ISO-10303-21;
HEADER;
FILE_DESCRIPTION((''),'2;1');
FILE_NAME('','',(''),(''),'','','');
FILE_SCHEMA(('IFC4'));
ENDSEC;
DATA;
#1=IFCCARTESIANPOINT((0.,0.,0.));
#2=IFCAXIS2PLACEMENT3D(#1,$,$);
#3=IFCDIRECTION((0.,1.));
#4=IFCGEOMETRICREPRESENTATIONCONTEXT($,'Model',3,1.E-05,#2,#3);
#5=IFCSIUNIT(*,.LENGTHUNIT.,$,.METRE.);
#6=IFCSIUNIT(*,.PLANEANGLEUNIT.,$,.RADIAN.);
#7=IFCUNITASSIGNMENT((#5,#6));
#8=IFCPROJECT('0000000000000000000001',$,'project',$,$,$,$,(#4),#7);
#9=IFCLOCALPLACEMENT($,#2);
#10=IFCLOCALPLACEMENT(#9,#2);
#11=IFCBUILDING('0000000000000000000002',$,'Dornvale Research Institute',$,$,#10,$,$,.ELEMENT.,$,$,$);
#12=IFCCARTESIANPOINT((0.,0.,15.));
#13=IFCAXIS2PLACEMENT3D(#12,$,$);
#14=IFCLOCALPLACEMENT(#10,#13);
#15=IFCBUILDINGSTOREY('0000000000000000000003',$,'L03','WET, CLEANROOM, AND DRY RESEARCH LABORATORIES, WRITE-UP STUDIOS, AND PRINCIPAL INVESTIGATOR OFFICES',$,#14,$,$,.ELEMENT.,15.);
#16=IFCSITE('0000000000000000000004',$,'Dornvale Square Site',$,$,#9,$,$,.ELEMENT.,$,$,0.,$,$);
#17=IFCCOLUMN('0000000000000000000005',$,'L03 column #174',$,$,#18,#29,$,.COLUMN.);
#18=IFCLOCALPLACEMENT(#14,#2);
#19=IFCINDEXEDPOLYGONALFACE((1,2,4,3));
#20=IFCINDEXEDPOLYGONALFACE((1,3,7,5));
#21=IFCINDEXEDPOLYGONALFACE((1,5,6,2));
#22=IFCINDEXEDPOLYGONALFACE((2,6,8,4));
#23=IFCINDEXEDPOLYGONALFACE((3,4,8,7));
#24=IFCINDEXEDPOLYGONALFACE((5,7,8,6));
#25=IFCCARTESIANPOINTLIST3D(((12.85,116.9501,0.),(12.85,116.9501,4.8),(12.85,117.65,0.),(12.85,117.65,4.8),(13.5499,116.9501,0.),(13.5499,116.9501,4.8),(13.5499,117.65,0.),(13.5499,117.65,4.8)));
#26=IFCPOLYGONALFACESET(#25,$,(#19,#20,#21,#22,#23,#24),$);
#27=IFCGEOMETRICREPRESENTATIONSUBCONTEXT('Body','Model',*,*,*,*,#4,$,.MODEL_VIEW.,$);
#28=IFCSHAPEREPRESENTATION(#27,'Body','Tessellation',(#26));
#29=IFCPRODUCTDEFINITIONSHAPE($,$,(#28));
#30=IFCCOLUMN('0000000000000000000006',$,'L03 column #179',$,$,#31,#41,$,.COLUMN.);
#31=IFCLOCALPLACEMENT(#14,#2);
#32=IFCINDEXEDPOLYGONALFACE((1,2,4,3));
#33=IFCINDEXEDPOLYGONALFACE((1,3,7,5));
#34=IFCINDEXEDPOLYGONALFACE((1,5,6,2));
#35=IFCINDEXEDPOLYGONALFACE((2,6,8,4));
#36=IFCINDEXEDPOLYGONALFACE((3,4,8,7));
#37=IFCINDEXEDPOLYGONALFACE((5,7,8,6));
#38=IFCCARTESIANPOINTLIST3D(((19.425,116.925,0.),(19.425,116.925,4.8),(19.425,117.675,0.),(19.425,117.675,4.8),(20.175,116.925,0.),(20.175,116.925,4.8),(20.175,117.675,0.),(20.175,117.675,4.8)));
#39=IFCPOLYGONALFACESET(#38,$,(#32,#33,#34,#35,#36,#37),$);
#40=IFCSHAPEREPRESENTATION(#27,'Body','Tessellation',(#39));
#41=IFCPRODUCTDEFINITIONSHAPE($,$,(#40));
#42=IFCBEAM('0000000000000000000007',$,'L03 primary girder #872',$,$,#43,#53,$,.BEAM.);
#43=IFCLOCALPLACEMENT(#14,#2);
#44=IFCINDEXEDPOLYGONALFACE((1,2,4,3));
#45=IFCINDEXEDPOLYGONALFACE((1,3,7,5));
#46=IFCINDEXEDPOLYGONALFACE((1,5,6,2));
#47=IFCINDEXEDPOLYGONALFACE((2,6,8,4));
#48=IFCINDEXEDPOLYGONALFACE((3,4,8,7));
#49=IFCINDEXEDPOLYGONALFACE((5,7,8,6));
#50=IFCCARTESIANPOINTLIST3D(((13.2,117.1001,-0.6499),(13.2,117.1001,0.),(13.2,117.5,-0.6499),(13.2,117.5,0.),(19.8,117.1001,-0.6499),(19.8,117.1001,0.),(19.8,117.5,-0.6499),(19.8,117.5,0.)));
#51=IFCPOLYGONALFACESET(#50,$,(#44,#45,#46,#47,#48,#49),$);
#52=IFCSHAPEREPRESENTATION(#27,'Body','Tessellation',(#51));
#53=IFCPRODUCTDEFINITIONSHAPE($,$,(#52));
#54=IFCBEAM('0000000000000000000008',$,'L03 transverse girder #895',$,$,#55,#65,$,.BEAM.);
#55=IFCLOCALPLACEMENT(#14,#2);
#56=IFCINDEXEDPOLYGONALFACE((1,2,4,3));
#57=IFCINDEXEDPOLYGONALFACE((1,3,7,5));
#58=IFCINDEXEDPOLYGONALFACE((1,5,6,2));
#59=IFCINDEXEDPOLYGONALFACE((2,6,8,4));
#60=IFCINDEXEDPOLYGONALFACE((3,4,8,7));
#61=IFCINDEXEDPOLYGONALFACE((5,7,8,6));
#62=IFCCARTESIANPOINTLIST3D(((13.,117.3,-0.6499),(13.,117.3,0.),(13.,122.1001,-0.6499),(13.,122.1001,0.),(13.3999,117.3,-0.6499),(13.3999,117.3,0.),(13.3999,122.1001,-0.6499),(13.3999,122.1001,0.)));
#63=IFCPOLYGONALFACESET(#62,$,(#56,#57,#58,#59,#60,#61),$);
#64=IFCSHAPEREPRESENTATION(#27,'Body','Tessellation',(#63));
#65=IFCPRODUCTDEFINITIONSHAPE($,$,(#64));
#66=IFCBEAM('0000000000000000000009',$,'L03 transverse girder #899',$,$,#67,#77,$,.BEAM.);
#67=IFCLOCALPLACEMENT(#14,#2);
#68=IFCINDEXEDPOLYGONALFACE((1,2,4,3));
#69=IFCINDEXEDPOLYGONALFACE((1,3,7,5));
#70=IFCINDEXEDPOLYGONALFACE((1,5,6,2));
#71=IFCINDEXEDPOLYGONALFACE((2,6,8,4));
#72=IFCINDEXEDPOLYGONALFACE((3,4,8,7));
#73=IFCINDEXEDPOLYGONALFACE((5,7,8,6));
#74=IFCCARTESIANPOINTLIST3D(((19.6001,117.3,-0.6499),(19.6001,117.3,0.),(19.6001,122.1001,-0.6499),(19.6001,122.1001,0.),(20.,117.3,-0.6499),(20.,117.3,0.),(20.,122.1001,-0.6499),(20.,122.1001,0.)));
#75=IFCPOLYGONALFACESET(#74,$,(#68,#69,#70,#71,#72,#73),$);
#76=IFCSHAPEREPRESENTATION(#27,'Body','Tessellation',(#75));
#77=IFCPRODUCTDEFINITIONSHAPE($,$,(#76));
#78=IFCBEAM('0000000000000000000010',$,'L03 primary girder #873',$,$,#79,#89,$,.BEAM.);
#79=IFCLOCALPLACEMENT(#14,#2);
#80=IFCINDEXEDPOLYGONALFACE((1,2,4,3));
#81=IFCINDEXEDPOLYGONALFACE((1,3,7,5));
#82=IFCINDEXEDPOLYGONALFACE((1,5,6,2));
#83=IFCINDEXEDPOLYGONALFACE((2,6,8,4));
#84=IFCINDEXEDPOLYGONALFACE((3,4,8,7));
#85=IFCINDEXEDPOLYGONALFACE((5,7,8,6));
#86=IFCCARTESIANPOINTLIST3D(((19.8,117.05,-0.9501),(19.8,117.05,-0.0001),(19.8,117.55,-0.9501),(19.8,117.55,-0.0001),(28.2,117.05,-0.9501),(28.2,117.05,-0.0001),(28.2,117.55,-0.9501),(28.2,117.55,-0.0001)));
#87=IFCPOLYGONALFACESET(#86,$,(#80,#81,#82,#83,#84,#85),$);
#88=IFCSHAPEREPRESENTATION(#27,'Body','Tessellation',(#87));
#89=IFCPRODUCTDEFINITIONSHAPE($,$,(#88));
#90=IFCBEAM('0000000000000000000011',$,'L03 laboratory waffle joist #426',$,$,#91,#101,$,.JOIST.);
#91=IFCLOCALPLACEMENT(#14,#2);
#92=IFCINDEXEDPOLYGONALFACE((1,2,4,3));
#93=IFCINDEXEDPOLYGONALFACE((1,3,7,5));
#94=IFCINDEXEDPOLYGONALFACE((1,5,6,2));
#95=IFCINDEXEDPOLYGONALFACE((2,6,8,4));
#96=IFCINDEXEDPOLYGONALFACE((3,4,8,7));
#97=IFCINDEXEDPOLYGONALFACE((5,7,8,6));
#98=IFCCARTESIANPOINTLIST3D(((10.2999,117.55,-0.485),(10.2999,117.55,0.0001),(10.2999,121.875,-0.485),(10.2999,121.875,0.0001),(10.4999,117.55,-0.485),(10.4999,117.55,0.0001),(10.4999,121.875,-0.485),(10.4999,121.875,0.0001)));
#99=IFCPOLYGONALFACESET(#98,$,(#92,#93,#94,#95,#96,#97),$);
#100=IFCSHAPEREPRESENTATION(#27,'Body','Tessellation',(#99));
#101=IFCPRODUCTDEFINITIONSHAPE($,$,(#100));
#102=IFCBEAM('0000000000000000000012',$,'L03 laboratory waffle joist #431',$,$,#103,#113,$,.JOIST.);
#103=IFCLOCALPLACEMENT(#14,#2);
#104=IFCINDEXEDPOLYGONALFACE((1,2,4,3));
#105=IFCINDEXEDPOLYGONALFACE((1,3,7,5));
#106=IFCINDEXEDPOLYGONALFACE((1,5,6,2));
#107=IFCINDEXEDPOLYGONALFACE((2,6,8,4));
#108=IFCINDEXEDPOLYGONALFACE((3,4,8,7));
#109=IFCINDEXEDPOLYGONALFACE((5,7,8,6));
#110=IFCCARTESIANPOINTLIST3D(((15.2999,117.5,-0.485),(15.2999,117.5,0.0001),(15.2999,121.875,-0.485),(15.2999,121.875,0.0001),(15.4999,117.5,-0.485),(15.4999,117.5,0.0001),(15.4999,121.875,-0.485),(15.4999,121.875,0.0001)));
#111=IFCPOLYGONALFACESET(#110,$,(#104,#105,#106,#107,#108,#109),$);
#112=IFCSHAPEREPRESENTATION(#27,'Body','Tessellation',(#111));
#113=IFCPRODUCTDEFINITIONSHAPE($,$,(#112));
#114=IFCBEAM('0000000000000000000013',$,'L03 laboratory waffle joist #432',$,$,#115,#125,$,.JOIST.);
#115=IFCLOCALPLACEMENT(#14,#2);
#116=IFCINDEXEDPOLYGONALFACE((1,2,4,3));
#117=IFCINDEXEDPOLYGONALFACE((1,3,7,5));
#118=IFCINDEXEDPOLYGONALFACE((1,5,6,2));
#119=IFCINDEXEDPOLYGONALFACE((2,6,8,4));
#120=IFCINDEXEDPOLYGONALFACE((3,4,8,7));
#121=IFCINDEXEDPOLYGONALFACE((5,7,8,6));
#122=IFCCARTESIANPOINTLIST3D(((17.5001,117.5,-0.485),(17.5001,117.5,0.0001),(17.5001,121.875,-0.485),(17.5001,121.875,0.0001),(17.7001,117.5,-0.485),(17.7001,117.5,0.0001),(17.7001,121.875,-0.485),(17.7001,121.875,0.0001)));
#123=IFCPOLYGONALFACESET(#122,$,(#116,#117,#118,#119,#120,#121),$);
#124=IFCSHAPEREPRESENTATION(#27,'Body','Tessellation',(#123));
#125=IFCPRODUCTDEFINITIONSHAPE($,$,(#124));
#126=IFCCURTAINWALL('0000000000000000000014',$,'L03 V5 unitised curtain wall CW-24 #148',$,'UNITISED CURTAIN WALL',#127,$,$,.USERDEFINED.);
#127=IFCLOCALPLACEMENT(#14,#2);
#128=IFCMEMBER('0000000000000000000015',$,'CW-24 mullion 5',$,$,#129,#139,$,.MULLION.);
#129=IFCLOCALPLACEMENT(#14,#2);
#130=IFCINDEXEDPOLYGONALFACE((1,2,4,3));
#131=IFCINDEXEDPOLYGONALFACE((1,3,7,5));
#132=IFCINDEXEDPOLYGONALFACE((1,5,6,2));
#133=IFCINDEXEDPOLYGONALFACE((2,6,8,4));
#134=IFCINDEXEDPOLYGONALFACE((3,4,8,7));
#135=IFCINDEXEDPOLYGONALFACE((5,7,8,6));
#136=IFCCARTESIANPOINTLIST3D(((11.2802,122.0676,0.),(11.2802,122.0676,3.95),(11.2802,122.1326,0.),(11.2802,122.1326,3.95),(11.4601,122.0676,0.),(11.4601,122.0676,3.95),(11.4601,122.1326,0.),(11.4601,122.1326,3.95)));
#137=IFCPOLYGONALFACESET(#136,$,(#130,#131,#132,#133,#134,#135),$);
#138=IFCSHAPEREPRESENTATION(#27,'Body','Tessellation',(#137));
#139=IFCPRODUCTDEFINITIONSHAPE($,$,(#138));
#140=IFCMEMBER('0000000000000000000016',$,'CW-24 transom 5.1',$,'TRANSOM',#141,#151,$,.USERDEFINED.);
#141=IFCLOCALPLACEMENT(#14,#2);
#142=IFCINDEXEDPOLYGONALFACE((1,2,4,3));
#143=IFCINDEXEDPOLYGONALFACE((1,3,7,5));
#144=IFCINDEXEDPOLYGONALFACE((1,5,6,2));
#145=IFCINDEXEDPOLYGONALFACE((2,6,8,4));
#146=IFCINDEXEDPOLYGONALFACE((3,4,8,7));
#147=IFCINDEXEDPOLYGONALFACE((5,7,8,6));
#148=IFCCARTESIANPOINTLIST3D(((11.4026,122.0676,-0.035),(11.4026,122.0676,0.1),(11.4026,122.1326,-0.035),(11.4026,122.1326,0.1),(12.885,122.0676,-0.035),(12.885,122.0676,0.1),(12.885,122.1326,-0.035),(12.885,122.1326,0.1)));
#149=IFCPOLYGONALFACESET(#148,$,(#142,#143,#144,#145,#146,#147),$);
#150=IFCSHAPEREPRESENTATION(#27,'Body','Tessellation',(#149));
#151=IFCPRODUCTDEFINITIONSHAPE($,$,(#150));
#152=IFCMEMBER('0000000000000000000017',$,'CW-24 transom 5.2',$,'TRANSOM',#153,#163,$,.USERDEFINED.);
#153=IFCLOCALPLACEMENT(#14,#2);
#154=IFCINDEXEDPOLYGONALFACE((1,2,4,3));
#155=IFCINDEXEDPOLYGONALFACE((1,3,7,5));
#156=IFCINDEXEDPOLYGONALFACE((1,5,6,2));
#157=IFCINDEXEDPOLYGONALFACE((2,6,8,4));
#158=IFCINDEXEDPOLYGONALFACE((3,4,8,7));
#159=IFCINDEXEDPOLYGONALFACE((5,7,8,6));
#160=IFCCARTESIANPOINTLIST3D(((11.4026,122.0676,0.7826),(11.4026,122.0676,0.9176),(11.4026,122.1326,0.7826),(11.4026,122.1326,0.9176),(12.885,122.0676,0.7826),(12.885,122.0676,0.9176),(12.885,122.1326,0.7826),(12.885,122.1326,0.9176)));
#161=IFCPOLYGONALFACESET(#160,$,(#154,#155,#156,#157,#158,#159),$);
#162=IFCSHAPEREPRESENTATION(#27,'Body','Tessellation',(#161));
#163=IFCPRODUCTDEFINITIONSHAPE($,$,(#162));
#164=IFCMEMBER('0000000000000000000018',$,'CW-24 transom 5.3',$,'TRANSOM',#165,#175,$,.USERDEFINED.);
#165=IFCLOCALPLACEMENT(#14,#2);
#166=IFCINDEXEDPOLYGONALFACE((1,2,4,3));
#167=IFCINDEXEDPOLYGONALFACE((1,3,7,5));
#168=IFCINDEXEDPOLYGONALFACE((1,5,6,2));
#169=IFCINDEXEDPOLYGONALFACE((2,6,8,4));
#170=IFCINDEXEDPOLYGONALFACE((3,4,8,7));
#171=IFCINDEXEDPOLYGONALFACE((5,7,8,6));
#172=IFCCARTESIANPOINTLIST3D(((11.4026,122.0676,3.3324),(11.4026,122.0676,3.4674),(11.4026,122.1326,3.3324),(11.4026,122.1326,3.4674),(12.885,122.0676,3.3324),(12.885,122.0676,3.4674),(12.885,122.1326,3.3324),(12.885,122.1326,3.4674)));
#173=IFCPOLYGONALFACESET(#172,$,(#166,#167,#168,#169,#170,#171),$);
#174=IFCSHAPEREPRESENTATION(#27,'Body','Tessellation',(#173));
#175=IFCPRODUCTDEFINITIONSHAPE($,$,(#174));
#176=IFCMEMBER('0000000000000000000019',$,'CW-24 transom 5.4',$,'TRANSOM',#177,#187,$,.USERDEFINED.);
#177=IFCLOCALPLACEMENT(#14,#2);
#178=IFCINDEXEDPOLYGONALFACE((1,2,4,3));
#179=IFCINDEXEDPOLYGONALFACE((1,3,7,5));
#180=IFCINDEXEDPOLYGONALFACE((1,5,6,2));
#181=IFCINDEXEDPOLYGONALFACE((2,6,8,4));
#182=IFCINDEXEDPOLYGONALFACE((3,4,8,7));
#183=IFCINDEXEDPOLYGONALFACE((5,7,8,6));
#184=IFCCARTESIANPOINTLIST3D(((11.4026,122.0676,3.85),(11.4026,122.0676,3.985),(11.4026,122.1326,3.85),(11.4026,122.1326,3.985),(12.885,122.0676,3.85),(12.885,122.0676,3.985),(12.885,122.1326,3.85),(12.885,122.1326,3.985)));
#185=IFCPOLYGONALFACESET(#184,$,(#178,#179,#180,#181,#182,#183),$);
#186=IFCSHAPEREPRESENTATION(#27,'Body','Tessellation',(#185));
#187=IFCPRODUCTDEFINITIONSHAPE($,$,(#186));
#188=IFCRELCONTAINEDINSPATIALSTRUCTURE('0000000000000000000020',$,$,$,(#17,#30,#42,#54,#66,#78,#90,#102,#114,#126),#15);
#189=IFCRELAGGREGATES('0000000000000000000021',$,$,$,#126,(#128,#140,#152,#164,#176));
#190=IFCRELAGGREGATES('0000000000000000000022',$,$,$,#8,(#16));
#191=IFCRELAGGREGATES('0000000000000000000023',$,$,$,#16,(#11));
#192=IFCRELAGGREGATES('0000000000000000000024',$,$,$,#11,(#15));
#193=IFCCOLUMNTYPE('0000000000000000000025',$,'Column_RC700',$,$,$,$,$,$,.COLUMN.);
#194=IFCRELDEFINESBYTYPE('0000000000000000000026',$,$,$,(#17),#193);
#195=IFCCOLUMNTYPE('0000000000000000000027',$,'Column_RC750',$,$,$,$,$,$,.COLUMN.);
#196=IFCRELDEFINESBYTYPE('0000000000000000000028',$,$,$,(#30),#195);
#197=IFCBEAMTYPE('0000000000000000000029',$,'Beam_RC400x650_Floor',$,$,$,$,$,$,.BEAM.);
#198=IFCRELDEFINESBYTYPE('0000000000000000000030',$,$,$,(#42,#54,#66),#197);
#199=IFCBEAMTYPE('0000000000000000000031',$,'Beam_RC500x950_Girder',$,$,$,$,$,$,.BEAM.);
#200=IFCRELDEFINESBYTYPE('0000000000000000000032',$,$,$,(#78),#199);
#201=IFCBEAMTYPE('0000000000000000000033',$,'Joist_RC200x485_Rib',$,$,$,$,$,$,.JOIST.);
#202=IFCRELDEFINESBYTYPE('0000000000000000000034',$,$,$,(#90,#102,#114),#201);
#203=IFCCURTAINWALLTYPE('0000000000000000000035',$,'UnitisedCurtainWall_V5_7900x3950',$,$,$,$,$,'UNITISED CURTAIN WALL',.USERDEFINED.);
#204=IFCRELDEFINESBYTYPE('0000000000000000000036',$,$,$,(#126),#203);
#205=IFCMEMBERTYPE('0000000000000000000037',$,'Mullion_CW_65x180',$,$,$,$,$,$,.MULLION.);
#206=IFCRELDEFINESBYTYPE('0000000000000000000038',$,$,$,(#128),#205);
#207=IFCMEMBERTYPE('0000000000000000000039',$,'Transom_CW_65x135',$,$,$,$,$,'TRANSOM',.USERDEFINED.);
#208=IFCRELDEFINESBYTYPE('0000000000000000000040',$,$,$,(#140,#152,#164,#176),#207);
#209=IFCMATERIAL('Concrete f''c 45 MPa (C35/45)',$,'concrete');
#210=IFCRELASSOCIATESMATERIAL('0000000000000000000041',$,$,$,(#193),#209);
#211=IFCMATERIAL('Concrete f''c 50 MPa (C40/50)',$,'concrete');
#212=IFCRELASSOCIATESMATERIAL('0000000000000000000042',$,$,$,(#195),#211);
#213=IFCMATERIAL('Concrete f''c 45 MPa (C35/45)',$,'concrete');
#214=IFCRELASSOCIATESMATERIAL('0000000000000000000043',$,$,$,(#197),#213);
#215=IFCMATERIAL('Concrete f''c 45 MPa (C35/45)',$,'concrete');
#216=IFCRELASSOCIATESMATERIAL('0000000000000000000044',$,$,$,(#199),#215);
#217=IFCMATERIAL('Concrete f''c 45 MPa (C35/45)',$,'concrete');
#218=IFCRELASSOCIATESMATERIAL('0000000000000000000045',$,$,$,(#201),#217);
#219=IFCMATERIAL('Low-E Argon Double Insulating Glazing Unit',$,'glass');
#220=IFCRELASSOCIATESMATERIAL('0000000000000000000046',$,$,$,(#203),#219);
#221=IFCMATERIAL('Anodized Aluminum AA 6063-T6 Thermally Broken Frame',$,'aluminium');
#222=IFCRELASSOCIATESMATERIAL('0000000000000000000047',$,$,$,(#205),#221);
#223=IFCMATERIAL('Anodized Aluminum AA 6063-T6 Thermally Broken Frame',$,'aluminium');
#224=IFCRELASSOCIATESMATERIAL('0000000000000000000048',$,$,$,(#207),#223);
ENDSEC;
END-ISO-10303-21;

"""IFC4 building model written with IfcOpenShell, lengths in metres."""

from ifc_helpers import new_model, si_unit, direction, frame, origin, origin_2d, place, context, subcontext, project, spatial, rectangle, extrude, material, material_profile, profile_set, type_object, element, aggregate, save


model = new_model("IFC4")

# Units and contexts
model_context = context("Model", 3, precision=1e-05, world=origin(), true_north=direction((0.0, 1.0)))
body_context = subcontext(model_context, "Body", "Model", "MODEL_VIEW")
ifc_project = project(units=[si_unit("LENGTHUNIT", "METRE"), si_unit("PLANEANGLEUNIT", "RADIAN")], contexts=[model_context])

# Site, building, storey
site_placement = place(None, origin())
site = spatial("IfcSite", under=ifc_project, at=site_placement, Name="Dornvale Square Site", CompositionType="ELEMENT", RefElevation=0.0)
building_placement = place(site_placement, origin())
building = spatial("IfcBuilding", under=site, at=building_placement, Name="Dornvale Research Institute", CompositionType="ELEMENT")
storey_placement = place(building_placement, frame((0.0, 0.0, 15.0)))
storey = spatial("IfcBuildingStorey", under=building, at=storey_placement, Name="L03", Description="WET, CLEANROOM, AND DRY RESEARCH LABORATORIES, WRITE-UP STUDIOS, AND PRINCIPAL INVESTIGATOR OFFICES", CompositionType="ELEMENT", Elevation=15.0)

# Columns
ifc_material_1 = material(Name="Concrete f'c 45 MPa (C35/45)", Category="concrete")
ifc_material_profile_1 = material_profile(ifc_material_1, rectangle(XDim=0.7, YDim=0.7, at=origin_2d()), Name="RC 700x700")
ifc_profile_set_1 = profile_set([ifc_material_profile_1], Name="Concrete f'c 45 MPa (C35/45)")
column_type_1 = type_object("IfcColumnType", Name="Column_RC700", PredefinedType="COLUMN", material=ifc_profile_set_1)
column_1_placement = place(storey_placement, frame((13.2, 117.3, 0.0), z_axis=(0.0, 0.0, 1.0), x_axis=(1.0, 0.0, 0.0)))
element("IfcColumn", 1, at=column_1_placement, inside=storey, type_object=column_type_1, Name="L03 column #174", PredefinedType="COLUMN", context=body_context, shape_type="SweptSolid", body=[
    extrude(rectangle(XDim=0.7, YDim=0.7, at=origin_2d()), origin(), (0.0, 0.0, 1.0), 4.8),
])
ifc_material_2 = material(Name="Concrete f'c 50 MPa (C40/50)", Category="concrete")
ifc_material_profile_2 = material_profile(ifc_material_2, rectangle(XDim=0.75, YDim=0.75, at=origin_2d()), Name="RC 750x750")
ifc_profile_set_2 = profile_set([ifc_material_profile_2], Name="Concrete f'c 50 MPa (C40/50)")
column_type_2 = type_object("IfcColumnType", Name="Column_RC750", PredefinedType="COLUMN", material=ifc_profile_set_2)
column_2_placement = place(storey_placement, frame((19.8, 117.3, 0.0), z_axis=(0.0, 0.0, 1.0), x_axis=(1.0, 0.0, 0.0)))
element("IfcColumn", 2, at=column_2_placement, inside=storey, type_object=column_type_2, Name="L03 column #179", PredefinedType="COLUMN", context=body_context, shape_type="SweptSolid", body=[
    extrude(rectangle(XDim=0.75, YDim=0.75, at=origin_2d()), origin(), (0.0, 0.0, 1.0), 4.8),
])

# Beams
ifc_material_3 = material(Name="Concrete f'c 45 MPa (C35/45)", Category="concrete")
ifc_material_profile_3 = material_profile(ifc_material_3, rectangle(XDim=0.3999, YDim=0.6499, at=origin_2d()), Name="RC 400x650")
ifc_profile_set_3 = profile_set([ifc_material_profile_3], Name="Concrete f'c 45 MPa (C35/45)")
beam_type_1 = type_object("IfcBeamType", Name="Beam_RC400x650_Floor", PredefinedType="BEAM", material=ifc_profile_set_3)
beam_1_placement = place(storey_placement, frame((13.2, 117.3, -0.325), z_axis=(1.0, 0.0, 0.0), x_axis=(0.0, 1.0, 0.0)))
element("IfcBeam", 3, at=beam_1_placement, inside=storey, type_object=beam_type_1, Name="L03 primary girder #872", PredefinedType="BEAM", context=body_context, shape_type="SweptSolid", body=[
    extrude(rectangle(XDim=0.3999, YDim=0.6499, at=origin_2d()), origin(), (0.0, 0.0, 1.0), 6.6001),
])
for number, where, z_axis, x_axis, name in (
    (4, (13.2, 117.3, -0.325), (0.0, 1.0, 0.0), (-1.0, 0.0, 0.0), "L03 transverse girder #895"),
    (5, (19.8, 117.3, -0.325), (0.0, 1.0, 0.0), (-1.0, 0.0, 0.0), "L03 transverse girder #899"),
):
    element("IfcBeam", number, at=place(storey_placement, frame(where, z_axis=z_axis, x_axis=x_axis)), inside=storey, type_object=beam_type_1, Name=name, PredefinedType="BEAM", context=body_context, shape_type="SweptSolid", body=[
        extrude(rectangle(XDim=0.3999, YDim=0.6499, at=origin_2d()), origin(), (0.0, 0.0, 1.0), 4.8),
    ])
ifc_material_4 = material(Name="Concrete f'c 45 MPa (C35/45)", Category="concrete")
ifc_material_profile_4 = material_profile(ifc_material_4, rectangle(XDim=0.5, YDim=0.95, at=origin_2d()), Name="RC 500x950")
ifc_profile_set_4 = profile_set([ifc_material_profile_4], Name="Concrete f'c 45 MPa (C35/45)")
beam_type_2 = type_object("IfcBeamType", Name="Beam_RC500x950_Girder", PredefinedType="BEAM", material=ifc_profile_set_4)
beam_2_placement = place(storey_placement, frame((19.8, 117.3, -0.4751), z_axis=(1.0, 0.0, 0.0), x_axis=(0.0, 1.0, 0.0)))
element("IfcBeam", 6, at=beam_2_placement, inside=storey, type_object=beam_type_2, Name="L03 primary girder #873", PredefinedType="BEAM", context=body_context, shape_type="SweptSolid", body=[
    extrude(rectangle(XDim=0.5, YDim=0.95, at=origin_2d()), origin(), (0.0, 0.0, 1.0), 8.3999),
])
ifc_material_5 = material(Name="Concrete f'c 45 MPa (C35/45)", Category="concrete")
ifc_material_profile_5 = material_profile(ifc_material_5, rectangle(XDim=0.2, YDim=0.4851, at=origin_2d()), Name="RC 200x485")
ifc_profile_set_5 = profile_set([ifc_material_profile_5], Name="Concrete f'c 45 MPa (C35/45)")
beam_type_3 = type_object("IfcBeamType", Name="Joist_RC200x485_Rib", PredefinedType="JOIST", material=ifc_profile_set_5)
beam_3_placement = place(storey_placement, frame((10.3999, 117.55, -0.2424), z_axis=(0.0, 1.0, 0.0), x_axis=(-1.0, 0.0, 0.0)))
element("IfcBeam", 7, at=beam_3_placement, inside=storey, type_object=beam_type_3, Name="L03 laboratory waffle joist #426", PredefinedType="JOIST", context=body_context, shape_type="SweptSolid", body=[
    extrude(rectangle(XDim=0.2, YDim=0.4851, at=origin_2d()), origin(), (0.0, 0.0, 1.0), 4.325),
])
for number, where, z_axis, x_axis, name in (
    (8, (15.3999, 117.5, -0.2424), (0.0, 1.0, 0.0), (-1.0, 0.0, 0.0), "L03 laboratory waffle joist #431"),
    (9, (17.6001, 117.5, -0.2424), (0.0, 1.0, 0.0), (-1.0, 0.0, 0.0), "L03 laboratory waffle joist #432"),
):
    element("IfcBeam", number, at=place(storey_placement, frame(where, z_axis=z_axis, x_axis=x_axis)), inside=storey, type_object=beam_type_3, Name=name, PredefinedType="JOIST", context=body_context, shape_type="SweptSolid", body=[
        extrude(rectangle(XDim=0.2, YDim=0.4851, at=origin_2d()), origin(), (0.0, 0.0, 1.0), 4.375),
    ])

# Curtain wall, members
ifc_material_6 = material(Name="Low-E Argon Double Insulating Glazing Unit", Category="glass")
curtain_wall_type = type_object("IfcCurtainWallType", Name="UnitisedCurtainWall_V5_7900x3950", ElementType="UNITISED CURTAIN WALL", PredefinedType="USERDEFINED", material=ifc_material_6)
curtain_wall_placement = place(storey_placement, origin())
curtain_wall = element("IfcCurtainWall", 10, at=curtain_wall_placement, inside=storey, type_object=curtain_wall_type, Name="L03 V5 unitised curtain wall CW-24 #148", ObjectType="UNITISED CURTAIN WALL", PredefinedType="USERDEFINED")
ifc_material_7 = material(Name="Anodized Aluminum AA 6063-T6 Thermally Broken Frame", Category="aluminium")
ifc_material_profile_6 = material_profile(ifc_material_7, rectangle(XDim=0.0649, YDim=0.1799, at=origin_2d()), Name="ALU MULLION 65x180")
ifc_profile_set_6 = profile_set([ifc_material_profile_6], Name="Anodized Aluminum AA 6063-T6 Thermally Broken Frame")
member_type_1 = type_object("IfcMemberType", Name="Mullion_CW_65x180", PredefinedType="MULLION", material=ifc_profile_set_6)
member_1_placement = place(storey_placement, frame((11.3701, 122.1001, 0.0), z_axis=(0.0, 0.0, 1.0), x_axis=(0.0, 1.0, 0.0)))
member_1 = element("IfcMember", 11, at=member_1_placement, type_object=member_type_1, Name="CW-24 mullion 5", PredefinedType="MULLION", context=body_context, shape_type="SweptSolid", body=[
    extrude(rectangle(XDim=0.0649, YDim=0.1799, at=origin_2d()), origin(), (0.0, 0.0, 1.0), 3.95),
])
ifc_material_8 = material(Name="Anodized Aluminum AA 6063-T6 Thermally Broken Frame", Category="aluminium")
ifc_material_profile_7 = material_profile(ifc_material_8, rectangle(XDim=0.0649, YDim=0.135, at=origin_2d()), Name="ALU TRANSOM 65x135")
ifc_profile_set_7 = profile_set([ifc_material_profile_7], Name="Anodized Aluminum AA 6063-T6 Thermally Broken Frame")
member_type_2 = type_object("IfcMemberType", Name="Transom_CW_65x135", ElementType="TRANSOM", PredefinedType="USERDEFINED", material=ifc_profile_set_7)
member_2_placement = place(storey_placement, frame((11.4026, 122.1001, 0.0325), z_axis=(1.0, 0.0, 0.0), x_axis=(0.0, 1.0, 0.0)))
member_2 = element("IfcMember", 12, at=member_2_placement, type_object=member_type_2, Name="CW-24 transom 5.1", ObjectType="TRANSOM", PredefinedType="USERDEFINED", context=body_context, shape_type="SweptSolid", body=[
    extrude(rectangle(XDim=0.0649, YDim=0.135, at=origin_2d()), origin(), (0.0, 0.0, 1.0), 1.4824),
])
member_3_placement = place(storey_placement, frame((11.4026, 122.1001, 0.8501), z_axis=(1.0, 0.0, 0.0), x_axis=(0.0, 1.0, 0.0)))
member_3 = element("IfcMember", 13, at=member_3_placement, type_object=member_type_2, Name="CW-24 transom 5.2", ObjectType="TRANSOM", PredefinedType="USERDEFINED", context=body_context, shape_type="SweptSolid", body=[
    extrude(rectangle(XDim=0.0649, YDim=0.135, at=origin_2d()), origin(), (0.0, 0.0, 1.0), 1.4824),
])
member_4_placement = place(storey_placement, frame((11.4026, 122.1001, 3.3999), z_axis=(1.0, 0.0, 0.0), x_axis=(0.0, 1.0, 0.0)))
member_4 = element("IfcMember", 14, at=member_4_placement, type_object=member_type_2, Name="CW-24 transom 5.3", ObjectType="TRANSOM", PredefinedType="USERDEFINED", context=body_context, shape_type="SweptSolid", body=[
    extrude(rectangle(XDim=0.0649, YDim=0.135, at=origin_2d()), origin(), (0.0, 0.0, 1.0), 1.4824),
])
member_5_placement = place(storey_placement, frame((11.4026, 122.1001, 3.9175), z_axis=(1.0, 0.0, 0.0), x_axis=(0.0, 1.0, 0.0)))
member_5 = element("IfcMember", 15, at=member_5_placement, type_object=member_type_2, Name="CW-24 transom 5.4", ObjectType="TRANSOM", PredefinedType="USERDEFINED", context=body_context, shape_type="SweptSolid", body=[
    extrude(rectangle(XDim=0.0649, YDim=0.135, at=origin_2d()), origin(), (0.0, 0.0, 1.0), 1.4824),
])
aggregate(curtain_wall, [member_1, member_2, member_3, member_4, member_5])

save(model, "model.ifc")
